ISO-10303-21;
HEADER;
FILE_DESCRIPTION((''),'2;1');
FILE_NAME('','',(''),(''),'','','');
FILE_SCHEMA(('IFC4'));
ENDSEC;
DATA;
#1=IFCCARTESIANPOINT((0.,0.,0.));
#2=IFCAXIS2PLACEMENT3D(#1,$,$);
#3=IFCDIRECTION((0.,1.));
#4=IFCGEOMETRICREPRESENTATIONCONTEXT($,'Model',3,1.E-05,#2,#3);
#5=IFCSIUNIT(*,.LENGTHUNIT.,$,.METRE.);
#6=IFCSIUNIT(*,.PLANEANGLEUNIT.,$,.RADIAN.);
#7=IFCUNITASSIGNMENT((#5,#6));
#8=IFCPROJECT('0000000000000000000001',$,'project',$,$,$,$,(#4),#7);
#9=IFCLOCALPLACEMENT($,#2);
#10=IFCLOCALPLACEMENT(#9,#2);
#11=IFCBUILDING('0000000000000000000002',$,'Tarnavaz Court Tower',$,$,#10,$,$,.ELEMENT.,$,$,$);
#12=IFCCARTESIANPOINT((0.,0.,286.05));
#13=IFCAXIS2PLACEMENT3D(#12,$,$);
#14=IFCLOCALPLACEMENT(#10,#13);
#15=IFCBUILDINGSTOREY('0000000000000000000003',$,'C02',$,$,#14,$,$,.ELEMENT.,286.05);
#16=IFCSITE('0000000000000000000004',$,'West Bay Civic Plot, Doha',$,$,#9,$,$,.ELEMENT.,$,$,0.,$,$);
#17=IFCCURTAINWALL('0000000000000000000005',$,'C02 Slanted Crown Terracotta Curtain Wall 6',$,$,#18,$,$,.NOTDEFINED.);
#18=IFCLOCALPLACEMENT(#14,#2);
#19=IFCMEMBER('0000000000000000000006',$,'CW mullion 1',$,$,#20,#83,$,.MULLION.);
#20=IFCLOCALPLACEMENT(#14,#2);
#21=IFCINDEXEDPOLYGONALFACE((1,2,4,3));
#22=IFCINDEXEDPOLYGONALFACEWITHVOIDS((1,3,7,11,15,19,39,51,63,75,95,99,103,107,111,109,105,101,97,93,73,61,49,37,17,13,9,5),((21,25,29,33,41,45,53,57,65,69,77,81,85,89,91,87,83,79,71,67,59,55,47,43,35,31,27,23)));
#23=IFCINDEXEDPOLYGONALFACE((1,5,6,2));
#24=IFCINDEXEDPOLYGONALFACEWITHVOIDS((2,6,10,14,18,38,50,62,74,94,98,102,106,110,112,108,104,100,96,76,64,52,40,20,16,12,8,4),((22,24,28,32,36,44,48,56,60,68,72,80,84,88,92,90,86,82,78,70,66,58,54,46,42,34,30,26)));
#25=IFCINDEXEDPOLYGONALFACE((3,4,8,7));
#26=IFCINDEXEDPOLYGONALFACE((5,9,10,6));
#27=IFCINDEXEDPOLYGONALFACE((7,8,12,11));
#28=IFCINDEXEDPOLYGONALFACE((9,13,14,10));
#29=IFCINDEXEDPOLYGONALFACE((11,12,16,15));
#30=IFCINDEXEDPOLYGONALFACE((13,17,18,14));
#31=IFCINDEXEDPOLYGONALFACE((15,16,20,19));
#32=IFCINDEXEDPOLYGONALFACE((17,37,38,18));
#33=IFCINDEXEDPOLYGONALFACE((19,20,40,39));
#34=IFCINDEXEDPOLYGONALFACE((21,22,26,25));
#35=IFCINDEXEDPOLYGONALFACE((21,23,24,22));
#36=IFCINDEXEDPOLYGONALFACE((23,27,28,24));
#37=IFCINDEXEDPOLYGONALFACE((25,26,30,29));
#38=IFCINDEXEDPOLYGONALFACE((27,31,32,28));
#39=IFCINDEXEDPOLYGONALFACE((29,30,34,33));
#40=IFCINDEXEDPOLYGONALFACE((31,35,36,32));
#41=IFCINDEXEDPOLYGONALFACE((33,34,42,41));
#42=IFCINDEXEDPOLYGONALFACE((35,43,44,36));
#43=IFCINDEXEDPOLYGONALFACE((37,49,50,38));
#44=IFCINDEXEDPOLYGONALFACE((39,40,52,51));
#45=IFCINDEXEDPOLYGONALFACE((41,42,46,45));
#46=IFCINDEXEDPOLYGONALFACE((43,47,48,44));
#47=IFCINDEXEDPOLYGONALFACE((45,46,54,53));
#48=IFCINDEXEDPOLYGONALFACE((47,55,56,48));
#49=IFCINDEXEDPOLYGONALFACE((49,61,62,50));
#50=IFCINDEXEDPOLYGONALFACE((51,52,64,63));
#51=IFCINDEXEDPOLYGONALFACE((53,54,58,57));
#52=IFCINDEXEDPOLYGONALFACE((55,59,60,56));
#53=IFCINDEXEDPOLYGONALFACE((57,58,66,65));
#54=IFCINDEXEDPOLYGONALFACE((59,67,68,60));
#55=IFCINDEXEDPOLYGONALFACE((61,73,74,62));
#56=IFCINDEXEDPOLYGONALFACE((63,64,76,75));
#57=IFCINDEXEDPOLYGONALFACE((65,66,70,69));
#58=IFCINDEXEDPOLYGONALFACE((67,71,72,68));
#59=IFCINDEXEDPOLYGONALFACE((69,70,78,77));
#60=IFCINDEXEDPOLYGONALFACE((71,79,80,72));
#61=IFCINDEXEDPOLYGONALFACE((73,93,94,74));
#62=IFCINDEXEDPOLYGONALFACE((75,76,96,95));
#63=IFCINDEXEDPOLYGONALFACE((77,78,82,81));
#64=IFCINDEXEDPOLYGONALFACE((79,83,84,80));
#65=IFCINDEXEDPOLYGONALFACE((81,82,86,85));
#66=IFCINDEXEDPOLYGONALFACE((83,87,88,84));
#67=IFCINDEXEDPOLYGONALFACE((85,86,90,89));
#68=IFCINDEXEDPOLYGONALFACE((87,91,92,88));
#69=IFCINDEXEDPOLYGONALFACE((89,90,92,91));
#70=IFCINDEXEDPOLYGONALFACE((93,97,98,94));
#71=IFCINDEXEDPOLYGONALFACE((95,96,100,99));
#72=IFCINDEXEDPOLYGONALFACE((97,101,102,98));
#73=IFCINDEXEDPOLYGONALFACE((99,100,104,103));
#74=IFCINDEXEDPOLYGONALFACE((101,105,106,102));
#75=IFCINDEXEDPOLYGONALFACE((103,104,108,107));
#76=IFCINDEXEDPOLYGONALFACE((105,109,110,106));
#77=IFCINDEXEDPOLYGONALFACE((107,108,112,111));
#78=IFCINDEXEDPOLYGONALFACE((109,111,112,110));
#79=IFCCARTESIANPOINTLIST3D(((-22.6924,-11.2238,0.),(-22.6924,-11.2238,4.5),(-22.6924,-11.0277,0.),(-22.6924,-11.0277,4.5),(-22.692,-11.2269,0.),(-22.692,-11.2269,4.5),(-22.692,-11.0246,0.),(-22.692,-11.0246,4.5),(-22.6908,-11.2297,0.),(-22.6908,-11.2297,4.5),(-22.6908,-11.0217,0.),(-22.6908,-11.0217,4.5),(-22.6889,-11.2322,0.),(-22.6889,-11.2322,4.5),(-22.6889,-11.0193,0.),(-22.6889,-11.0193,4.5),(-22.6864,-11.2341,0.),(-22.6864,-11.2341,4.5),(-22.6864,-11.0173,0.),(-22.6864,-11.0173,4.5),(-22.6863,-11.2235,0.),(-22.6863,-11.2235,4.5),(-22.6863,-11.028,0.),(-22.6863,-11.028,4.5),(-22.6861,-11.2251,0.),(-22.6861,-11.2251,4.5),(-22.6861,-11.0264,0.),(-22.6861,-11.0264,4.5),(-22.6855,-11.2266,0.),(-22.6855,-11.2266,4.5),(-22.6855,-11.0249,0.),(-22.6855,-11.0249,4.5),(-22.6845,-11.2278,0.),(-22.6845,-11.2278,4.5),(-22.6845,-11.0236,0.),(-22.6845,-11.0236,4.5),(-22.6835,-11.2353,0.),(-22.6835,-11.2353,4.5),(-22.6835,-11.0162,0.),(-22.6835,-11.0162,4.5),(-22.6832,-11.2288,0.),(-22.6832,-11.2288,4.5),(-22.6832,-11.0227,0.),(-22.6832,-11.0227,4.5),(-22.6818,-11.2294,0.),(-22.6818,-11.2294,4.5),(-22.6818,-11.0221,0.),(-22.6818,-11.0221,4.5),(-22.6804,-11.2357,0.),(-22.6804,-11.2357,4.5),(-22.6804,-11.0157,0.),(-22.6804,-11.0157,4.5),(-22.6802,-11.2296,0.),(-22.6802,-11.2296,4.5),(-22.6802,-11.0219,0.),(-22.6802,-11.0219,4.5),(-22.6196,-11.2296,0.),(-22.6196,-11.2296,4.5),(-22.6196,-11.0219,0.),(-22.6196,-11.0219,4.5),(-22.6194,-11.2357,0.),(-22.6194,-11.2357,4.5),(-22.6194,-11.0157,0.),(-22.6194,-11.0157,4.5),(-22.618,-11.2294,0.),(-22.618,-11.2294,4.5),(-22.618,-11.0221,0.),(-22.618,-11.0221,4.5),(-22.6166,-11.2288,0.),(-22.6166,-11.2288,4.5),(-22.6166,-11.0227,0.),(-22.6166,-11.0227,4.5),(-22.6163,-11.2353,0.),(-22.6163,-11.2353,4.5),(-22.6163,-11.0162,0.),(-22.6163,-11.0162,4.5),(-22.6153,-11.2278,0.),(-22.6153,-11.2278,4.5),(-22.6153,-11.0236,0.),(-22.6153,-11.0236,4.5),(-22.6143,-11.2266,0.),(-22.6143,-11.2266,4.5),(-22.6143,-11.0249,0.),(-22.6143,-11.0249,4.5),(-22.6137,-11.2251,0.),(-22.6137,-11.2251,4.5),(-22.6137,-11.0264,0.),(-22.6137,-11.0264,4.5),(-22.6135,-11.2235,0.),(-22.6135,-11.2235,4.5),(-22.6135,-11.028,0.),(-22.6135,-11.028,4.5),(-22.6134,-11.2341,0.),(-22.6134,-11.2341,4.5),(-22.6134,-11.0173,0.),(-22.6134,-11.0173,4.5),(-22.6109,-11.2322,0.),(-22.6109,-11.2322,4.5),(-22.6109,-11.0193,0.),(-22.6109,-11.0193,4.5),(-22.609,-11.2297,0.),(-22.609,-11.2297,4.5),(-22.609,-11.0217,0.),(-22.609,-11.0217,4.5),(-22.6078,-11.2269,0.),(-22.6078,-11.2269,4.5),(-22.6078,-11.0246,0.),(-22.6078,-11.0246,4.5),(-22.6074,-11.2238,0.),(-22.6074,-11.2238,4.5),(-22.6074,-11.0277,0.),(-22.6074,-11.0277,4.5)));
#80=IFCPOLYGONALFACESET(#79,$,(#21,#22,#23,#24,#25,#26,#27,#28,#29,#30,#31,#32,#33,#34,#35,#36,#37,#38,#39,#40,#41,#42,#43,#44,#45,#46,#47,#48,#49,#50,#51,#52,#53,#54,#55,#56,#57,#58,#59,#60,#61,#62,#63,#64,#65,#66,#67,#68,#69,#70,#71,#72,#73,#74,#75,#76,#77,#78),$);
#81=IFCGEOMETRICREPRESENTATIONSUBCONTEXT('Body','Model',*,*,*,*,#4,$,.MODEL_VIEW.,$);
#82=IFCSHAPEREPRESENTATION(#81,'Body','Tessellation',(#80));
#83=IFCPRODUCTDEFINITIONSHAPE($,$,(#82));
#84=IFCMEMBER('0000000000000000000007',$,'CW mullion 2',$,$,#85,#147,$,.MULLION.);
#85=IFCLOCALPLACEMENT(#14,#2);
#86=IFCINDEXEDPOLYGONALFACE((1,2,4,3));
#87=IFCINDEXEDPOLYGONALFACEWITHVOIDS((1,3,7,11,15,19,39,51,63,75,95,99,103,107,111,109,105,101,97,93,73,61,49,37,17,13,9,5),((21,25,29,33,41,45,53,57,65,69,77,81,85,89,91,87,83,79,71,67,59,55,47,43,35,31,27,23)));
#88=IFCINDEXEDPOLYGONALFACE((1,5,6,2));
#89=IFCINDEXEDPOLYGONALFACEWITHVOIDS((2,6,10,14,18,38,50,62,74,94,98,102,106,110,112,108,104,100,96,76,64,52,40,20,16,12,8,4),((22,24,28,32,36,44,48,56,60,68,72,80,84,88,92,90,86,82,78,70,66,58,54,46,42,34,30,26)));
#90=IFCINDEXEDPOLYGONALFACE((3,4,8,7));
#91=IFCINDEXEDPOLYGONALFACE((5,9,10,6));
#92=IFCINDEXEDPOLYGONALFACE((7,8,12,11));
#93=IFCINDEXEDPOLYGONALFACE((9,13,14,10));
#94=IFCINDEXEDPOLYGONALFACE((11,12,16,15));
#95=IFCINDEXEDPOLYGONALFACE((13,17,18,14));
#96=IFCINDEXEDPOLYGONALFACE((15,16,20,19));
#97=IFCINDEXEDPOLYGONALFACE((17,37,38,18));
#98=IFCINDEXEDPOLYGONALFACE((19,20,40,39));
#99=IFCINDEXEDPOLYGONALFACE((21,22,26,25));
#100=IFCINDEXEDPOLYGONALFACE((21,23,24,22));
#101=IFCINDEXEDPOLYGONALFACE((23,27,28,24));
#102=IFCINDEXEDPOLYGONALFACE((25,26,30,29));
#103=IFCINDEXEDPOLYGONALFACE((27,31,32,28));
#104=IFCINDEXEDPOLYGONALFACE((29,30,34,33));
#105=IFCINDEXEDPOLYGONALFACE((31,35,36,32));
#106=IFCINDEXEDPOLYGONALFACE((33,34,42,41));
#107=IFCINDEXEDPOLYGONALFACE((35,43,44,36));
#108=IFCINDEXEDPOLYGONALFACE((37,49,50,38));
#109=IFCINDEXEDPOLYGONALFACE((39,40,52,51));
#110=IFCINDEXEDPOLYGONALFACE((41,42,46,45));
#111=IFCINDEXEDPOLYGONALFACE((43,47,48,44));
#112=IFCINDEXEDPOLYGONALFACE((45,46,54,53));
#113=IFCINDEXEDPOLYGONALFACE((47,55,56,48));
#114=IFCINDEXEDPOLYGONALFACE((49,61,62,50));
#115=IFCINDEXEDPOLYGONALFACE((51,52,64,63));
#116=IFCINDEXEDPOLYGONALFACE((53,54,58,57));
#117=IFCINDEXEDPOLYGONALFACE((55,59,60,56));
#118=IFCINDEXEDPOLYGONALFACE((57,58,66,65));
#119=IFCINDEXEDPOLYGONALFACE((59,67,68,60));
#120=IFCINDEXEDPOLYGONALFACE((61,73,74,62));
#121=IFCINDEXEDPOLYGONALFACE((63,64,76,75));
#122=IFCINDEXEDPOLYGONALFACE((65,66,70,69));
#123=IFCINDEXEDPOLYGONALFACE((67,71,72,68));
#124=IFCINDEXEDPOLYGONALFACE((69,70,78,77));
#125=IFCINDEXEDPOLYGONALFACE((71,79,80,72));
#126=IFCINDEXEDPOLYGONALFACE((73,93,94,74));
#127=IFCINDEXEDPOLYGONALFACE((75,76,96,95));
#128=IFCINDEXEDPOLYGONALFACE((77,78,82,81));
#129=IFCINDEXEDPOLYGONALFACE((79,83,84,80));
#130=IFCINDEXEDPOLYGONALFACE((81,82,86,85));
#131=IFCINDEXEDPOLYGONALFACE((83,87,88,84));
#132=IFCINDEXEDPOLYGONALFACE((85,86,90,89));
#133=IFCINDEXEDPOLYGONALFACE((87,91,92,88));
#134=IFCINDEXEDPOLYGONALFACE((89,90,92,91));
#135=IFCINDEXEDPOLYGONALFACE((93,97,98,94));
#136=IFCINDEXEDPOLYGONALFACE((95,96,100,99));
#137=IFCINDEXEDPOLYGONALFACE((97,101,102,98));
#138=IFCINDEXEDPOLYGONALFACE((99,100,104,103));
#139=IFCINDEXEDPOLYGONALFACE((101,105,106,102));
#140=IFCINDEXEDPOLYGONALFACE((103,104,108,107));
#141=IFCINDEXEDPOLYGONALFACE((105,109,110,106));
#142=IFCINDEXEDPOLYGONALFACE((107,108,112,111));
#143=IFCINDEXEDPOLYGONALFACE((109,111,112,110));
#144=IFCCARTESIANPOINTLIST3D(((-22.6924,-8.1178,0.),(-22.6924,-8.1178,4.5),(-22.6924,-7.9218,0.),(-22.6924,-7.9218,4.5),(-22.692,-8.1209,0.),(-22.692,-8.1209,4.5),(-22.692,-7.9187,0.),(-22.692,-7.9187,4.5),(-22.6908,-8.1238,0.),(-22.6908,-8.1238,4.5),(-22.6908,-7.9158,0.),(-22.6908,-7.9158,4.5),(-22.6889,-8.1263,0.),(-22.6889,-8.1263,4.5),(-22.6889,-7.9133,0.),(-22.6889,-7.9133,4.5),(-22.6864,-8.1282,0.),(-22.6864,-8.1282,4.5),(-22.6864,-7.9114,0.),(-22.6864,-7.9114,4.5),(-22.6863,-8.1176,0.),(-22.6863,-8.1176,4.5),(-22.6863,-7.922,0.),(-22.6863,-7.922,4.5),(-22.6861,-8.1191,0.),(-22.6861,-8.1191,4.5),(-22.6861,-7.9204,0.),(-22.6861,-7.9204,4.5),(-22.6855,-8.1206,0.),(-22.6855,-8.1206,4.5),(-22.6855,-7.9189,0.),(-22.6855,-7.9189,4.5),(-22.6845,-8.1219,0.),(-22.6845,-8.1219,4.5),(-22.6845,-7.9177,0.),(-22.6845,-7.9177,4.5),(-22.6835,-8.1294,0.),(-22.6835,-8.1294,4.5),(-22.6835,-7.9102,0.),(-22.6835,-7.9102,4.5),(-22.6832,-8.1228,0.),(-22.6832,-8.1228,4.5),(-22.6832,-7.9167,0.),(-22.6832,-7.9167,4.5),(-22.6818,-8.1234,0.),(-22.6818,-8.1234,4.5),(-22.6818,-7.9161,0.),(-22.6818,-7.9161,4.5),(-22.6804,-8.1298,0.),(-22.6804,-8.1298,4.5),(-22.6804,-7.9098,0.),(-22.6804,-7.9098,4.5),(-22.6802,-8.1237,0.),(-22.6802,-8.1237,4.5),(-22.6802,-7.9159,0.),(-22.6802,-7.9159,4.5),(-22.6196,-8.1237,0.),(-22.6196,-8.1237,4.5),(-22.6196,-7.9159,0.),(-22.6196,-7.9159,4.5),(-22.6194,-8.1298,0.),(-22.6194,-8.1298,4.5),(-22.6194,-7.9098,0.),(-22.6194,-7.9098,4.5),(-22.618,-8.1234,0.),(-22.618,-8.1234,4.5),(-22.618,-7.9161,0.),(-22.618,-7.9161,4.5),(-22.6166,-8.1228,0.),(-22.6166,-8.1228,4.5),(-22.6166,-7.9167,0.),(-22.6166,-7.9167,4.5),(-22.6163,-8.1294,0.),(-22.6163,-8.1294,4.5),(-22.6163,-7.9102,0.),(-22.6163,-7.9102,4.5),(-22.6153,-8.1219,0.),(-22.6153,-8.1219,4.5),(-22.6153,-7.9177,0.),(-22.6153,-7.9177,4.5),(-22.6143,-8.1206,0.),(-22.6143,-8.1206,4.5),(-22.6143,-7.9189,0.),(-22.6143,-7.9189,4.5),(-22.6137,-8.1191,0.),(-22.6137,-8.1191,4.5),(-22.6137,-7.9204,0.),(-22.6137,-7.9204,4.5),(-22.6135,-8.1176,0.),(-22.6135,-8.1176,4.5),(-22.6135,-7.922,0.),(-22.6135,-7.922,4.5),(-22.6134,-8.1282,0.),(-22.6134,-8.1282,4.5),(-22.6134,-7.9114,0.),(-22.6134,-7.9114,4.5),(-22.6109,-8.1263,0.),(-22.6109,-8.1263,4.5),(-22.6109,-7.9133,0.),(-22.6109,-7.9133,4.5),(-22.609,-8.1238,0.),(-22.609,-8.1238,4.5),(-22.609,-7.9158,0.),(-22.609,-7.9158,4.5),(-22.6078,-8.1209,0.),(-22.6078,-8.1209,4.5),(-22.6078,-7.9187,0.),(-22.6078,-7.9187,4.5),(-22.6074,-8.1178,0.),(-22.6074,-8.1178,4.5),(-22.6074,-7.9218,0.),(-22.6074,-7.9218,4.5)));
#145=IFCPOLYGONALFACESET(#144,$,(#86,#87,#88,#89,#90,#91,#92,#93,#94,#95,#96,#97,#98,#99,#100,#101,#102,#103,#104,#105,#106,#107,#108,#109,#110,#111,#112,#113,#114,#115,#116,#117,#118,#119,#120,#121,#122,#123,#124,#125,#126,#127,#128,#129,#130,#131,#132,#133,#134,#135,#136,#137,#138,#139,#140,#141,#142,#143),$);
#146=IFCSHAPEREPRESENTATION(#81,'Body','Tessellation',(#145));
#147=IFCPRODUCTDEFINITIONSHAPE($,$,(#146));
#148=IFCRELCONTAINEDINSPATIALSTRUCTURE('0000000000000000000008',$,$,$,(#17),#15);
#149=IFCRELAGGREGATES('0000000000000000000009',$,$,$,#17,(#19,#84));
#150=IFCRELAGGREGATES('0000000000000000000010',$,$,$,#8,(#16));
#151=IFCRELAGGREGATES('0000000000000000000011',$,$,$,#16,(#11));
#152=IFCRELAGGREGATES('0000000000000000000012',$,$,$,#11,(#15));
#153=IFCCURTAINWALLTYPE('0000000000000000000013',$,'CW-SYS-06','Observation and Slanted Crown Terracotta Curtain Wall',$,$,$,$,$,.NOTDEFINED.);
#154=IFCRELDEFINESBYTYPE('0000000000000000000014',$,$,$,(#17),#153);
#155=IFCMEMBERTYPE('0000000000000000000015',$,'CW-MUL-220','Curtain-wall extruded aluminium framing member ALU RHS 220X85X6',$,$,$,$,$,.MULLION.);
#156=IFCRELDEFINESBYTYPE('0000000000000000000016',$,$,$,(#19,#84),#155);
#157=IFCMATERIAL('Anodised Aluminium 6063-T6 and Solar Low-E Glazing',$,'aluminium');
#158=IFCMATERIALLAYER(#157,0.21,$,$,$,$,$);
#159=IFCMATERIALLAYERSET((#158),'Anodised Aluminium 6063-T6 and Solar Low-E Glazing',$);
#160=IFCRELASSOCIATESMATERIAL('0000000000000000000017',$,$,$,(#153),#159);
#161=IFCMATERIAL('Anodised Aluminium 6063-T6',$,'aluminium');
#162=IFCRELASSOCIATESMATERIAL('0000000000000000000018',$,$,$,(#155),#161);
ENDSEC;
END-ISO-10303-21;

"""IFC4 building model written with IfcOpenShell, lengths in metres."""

from ifc_helpers import new_model, si_unit, direction, frame, origin, origin_2d, place, context, subcontext, project, spatial, hollow_rectangle, extrude, material, layer, layer_set, material_profile, profile_set, type_object, element, aggregate, save


model = new_model("IFC4")

# Units and contexts
model_context = context("Model", 3, precision=1e-05, world=origin(), true_north=direction((0.0, 1.0)))
body_context = subcontext(model_context, "Body", "Model", "MODEL_VIEW")
ifc_project = project(units=[si_unit("LENGTHUNIT", "METRE"), si_unit("PLANEANGLEUNIT", "RADIAN")], contexts=[model_context])

# Site, building, storey
site_placement = place(None, origin())
site = spatial("IfcSite", under=ifc_project, at=site_placement, Name="West Bay Civic Plot, Doha", CompositionType="ELEMENT", RefElevation=0.0)
building_placement = place(site_placement, origin())
building = spatial("IfcBuilding", under=site, at=building_placement, Name="Tarnavaz Court Tower", CompositionType="ELEMENT")
storey_placement = place(building_placement, frame((0.0, 0.0, 286.05)))
storey = spatial("IfcBuildingStorey", under=building, at=storey_placement, Name="C02", CompositionType="ELEMENT", Elevation=286.05)

# Curtain wall, members
ifc_material_1 = material(Name="Anodised Aluminium 6063-T6 and Solar Low-E Glazing", Category="aluminium")
ifc_layer_1 = layer(ifc_material_1, 0.21)
ifc_layer_set_1 = layer_set([ifc_layer_1], Name="Anodised Aluminium 6063-T6 and Solar Low-E Glazing")
curtain_wall_type = type_object("IfcCurtainWallType", Name="CW-SYS-06", Description="Observation and Slanted Crown Terracotta Curtain Wall", PredefinedType="NOTDEFINED", material=ifc_layer_set_1)
ifc_material_2 = material(Name="Anodised Aluminium 6063-T6", Category="aluminium")
ifc_material_profile_1 = material_profile(ifc_material_2, hollow_rectangle(XDim=0.085, YDim=0.22, WallThickness=0.0061, InnerFilletRadius=0.0061, OuterFilletRadius=0.012, at=origin_2d()), Name="ALU RHS 220X85X6")
ifc_profile_set_1 = profile_set([ifc_material_profile_1], Name="Anodised Aluminium 6063-T6")
member_type_1 = type_object("IfcMemberType", Name="CW-MUL-220", Description="Curtain-wall extruded aluminium framing member ALU RHS 220X85X6", PredefinedType="MULLION", material=ifc_profile_set_1)
curtain_wall_1_placement = place(storey_placement, origin())
curtain_wall_1 = element("IfcCurtainWall", 1, at=curtain_wall_1_placement, inside=storey, type_object=curtain_wall_type, Name="C02 Slanted Crown Terracotta Curtain Wall 6", PredefinedType="NOTDEFINED")
member_1_placement = place(storey_placement, frame((-22.6499, -11.1257, 0.0), z_axis=(0.0, 0.0, 1.0), x_axis=(-1.0, 0.0, 0.0)))
member_1 = element("IfcMember", 2, at=member_1_placement, type_object=member_type_1, Name="CW mullion 1", PredefinedType="MULLION", context=body_context, shape_type="SweptSolid", body=[
    extrude(hollow_rectangle(XDim=0.085, YDim=0.22, WallThickness=0.0061, InnerFilletRadius=0.0061, OuterFilletRadius=0.012, at=origin_2d()), origin(), (0.0, 0.0, 1.0), 4.5),
])
member_2_placement = place(storey_placement, frame((-22.6499, -8.0198, 0.0), z_axis=(0.0, 0.0, 1.0), x_axis=(-1.0, 0.0, 0.0)))
member_2 = element("IfcMember", 3, at=member_2_placement, type_object=member_type_1, Name="CW mullion 2", PredefinedType="MULLION", context=body_context, shape_type="SweptSolid", body=[
    extrude(hollow_rectangle(XDim=0.085, YDim=0.22, WallThickness=0.0061, InnerFilletRadius=0.0061, OuterFilletRadius=0.012, at=origin_2d()), origin(), (0.0, 0.0, 1.0), 4.5),
])

aggregate(curtain_wall_1, [member_1, member_2])

save(model, "model.ifc")
